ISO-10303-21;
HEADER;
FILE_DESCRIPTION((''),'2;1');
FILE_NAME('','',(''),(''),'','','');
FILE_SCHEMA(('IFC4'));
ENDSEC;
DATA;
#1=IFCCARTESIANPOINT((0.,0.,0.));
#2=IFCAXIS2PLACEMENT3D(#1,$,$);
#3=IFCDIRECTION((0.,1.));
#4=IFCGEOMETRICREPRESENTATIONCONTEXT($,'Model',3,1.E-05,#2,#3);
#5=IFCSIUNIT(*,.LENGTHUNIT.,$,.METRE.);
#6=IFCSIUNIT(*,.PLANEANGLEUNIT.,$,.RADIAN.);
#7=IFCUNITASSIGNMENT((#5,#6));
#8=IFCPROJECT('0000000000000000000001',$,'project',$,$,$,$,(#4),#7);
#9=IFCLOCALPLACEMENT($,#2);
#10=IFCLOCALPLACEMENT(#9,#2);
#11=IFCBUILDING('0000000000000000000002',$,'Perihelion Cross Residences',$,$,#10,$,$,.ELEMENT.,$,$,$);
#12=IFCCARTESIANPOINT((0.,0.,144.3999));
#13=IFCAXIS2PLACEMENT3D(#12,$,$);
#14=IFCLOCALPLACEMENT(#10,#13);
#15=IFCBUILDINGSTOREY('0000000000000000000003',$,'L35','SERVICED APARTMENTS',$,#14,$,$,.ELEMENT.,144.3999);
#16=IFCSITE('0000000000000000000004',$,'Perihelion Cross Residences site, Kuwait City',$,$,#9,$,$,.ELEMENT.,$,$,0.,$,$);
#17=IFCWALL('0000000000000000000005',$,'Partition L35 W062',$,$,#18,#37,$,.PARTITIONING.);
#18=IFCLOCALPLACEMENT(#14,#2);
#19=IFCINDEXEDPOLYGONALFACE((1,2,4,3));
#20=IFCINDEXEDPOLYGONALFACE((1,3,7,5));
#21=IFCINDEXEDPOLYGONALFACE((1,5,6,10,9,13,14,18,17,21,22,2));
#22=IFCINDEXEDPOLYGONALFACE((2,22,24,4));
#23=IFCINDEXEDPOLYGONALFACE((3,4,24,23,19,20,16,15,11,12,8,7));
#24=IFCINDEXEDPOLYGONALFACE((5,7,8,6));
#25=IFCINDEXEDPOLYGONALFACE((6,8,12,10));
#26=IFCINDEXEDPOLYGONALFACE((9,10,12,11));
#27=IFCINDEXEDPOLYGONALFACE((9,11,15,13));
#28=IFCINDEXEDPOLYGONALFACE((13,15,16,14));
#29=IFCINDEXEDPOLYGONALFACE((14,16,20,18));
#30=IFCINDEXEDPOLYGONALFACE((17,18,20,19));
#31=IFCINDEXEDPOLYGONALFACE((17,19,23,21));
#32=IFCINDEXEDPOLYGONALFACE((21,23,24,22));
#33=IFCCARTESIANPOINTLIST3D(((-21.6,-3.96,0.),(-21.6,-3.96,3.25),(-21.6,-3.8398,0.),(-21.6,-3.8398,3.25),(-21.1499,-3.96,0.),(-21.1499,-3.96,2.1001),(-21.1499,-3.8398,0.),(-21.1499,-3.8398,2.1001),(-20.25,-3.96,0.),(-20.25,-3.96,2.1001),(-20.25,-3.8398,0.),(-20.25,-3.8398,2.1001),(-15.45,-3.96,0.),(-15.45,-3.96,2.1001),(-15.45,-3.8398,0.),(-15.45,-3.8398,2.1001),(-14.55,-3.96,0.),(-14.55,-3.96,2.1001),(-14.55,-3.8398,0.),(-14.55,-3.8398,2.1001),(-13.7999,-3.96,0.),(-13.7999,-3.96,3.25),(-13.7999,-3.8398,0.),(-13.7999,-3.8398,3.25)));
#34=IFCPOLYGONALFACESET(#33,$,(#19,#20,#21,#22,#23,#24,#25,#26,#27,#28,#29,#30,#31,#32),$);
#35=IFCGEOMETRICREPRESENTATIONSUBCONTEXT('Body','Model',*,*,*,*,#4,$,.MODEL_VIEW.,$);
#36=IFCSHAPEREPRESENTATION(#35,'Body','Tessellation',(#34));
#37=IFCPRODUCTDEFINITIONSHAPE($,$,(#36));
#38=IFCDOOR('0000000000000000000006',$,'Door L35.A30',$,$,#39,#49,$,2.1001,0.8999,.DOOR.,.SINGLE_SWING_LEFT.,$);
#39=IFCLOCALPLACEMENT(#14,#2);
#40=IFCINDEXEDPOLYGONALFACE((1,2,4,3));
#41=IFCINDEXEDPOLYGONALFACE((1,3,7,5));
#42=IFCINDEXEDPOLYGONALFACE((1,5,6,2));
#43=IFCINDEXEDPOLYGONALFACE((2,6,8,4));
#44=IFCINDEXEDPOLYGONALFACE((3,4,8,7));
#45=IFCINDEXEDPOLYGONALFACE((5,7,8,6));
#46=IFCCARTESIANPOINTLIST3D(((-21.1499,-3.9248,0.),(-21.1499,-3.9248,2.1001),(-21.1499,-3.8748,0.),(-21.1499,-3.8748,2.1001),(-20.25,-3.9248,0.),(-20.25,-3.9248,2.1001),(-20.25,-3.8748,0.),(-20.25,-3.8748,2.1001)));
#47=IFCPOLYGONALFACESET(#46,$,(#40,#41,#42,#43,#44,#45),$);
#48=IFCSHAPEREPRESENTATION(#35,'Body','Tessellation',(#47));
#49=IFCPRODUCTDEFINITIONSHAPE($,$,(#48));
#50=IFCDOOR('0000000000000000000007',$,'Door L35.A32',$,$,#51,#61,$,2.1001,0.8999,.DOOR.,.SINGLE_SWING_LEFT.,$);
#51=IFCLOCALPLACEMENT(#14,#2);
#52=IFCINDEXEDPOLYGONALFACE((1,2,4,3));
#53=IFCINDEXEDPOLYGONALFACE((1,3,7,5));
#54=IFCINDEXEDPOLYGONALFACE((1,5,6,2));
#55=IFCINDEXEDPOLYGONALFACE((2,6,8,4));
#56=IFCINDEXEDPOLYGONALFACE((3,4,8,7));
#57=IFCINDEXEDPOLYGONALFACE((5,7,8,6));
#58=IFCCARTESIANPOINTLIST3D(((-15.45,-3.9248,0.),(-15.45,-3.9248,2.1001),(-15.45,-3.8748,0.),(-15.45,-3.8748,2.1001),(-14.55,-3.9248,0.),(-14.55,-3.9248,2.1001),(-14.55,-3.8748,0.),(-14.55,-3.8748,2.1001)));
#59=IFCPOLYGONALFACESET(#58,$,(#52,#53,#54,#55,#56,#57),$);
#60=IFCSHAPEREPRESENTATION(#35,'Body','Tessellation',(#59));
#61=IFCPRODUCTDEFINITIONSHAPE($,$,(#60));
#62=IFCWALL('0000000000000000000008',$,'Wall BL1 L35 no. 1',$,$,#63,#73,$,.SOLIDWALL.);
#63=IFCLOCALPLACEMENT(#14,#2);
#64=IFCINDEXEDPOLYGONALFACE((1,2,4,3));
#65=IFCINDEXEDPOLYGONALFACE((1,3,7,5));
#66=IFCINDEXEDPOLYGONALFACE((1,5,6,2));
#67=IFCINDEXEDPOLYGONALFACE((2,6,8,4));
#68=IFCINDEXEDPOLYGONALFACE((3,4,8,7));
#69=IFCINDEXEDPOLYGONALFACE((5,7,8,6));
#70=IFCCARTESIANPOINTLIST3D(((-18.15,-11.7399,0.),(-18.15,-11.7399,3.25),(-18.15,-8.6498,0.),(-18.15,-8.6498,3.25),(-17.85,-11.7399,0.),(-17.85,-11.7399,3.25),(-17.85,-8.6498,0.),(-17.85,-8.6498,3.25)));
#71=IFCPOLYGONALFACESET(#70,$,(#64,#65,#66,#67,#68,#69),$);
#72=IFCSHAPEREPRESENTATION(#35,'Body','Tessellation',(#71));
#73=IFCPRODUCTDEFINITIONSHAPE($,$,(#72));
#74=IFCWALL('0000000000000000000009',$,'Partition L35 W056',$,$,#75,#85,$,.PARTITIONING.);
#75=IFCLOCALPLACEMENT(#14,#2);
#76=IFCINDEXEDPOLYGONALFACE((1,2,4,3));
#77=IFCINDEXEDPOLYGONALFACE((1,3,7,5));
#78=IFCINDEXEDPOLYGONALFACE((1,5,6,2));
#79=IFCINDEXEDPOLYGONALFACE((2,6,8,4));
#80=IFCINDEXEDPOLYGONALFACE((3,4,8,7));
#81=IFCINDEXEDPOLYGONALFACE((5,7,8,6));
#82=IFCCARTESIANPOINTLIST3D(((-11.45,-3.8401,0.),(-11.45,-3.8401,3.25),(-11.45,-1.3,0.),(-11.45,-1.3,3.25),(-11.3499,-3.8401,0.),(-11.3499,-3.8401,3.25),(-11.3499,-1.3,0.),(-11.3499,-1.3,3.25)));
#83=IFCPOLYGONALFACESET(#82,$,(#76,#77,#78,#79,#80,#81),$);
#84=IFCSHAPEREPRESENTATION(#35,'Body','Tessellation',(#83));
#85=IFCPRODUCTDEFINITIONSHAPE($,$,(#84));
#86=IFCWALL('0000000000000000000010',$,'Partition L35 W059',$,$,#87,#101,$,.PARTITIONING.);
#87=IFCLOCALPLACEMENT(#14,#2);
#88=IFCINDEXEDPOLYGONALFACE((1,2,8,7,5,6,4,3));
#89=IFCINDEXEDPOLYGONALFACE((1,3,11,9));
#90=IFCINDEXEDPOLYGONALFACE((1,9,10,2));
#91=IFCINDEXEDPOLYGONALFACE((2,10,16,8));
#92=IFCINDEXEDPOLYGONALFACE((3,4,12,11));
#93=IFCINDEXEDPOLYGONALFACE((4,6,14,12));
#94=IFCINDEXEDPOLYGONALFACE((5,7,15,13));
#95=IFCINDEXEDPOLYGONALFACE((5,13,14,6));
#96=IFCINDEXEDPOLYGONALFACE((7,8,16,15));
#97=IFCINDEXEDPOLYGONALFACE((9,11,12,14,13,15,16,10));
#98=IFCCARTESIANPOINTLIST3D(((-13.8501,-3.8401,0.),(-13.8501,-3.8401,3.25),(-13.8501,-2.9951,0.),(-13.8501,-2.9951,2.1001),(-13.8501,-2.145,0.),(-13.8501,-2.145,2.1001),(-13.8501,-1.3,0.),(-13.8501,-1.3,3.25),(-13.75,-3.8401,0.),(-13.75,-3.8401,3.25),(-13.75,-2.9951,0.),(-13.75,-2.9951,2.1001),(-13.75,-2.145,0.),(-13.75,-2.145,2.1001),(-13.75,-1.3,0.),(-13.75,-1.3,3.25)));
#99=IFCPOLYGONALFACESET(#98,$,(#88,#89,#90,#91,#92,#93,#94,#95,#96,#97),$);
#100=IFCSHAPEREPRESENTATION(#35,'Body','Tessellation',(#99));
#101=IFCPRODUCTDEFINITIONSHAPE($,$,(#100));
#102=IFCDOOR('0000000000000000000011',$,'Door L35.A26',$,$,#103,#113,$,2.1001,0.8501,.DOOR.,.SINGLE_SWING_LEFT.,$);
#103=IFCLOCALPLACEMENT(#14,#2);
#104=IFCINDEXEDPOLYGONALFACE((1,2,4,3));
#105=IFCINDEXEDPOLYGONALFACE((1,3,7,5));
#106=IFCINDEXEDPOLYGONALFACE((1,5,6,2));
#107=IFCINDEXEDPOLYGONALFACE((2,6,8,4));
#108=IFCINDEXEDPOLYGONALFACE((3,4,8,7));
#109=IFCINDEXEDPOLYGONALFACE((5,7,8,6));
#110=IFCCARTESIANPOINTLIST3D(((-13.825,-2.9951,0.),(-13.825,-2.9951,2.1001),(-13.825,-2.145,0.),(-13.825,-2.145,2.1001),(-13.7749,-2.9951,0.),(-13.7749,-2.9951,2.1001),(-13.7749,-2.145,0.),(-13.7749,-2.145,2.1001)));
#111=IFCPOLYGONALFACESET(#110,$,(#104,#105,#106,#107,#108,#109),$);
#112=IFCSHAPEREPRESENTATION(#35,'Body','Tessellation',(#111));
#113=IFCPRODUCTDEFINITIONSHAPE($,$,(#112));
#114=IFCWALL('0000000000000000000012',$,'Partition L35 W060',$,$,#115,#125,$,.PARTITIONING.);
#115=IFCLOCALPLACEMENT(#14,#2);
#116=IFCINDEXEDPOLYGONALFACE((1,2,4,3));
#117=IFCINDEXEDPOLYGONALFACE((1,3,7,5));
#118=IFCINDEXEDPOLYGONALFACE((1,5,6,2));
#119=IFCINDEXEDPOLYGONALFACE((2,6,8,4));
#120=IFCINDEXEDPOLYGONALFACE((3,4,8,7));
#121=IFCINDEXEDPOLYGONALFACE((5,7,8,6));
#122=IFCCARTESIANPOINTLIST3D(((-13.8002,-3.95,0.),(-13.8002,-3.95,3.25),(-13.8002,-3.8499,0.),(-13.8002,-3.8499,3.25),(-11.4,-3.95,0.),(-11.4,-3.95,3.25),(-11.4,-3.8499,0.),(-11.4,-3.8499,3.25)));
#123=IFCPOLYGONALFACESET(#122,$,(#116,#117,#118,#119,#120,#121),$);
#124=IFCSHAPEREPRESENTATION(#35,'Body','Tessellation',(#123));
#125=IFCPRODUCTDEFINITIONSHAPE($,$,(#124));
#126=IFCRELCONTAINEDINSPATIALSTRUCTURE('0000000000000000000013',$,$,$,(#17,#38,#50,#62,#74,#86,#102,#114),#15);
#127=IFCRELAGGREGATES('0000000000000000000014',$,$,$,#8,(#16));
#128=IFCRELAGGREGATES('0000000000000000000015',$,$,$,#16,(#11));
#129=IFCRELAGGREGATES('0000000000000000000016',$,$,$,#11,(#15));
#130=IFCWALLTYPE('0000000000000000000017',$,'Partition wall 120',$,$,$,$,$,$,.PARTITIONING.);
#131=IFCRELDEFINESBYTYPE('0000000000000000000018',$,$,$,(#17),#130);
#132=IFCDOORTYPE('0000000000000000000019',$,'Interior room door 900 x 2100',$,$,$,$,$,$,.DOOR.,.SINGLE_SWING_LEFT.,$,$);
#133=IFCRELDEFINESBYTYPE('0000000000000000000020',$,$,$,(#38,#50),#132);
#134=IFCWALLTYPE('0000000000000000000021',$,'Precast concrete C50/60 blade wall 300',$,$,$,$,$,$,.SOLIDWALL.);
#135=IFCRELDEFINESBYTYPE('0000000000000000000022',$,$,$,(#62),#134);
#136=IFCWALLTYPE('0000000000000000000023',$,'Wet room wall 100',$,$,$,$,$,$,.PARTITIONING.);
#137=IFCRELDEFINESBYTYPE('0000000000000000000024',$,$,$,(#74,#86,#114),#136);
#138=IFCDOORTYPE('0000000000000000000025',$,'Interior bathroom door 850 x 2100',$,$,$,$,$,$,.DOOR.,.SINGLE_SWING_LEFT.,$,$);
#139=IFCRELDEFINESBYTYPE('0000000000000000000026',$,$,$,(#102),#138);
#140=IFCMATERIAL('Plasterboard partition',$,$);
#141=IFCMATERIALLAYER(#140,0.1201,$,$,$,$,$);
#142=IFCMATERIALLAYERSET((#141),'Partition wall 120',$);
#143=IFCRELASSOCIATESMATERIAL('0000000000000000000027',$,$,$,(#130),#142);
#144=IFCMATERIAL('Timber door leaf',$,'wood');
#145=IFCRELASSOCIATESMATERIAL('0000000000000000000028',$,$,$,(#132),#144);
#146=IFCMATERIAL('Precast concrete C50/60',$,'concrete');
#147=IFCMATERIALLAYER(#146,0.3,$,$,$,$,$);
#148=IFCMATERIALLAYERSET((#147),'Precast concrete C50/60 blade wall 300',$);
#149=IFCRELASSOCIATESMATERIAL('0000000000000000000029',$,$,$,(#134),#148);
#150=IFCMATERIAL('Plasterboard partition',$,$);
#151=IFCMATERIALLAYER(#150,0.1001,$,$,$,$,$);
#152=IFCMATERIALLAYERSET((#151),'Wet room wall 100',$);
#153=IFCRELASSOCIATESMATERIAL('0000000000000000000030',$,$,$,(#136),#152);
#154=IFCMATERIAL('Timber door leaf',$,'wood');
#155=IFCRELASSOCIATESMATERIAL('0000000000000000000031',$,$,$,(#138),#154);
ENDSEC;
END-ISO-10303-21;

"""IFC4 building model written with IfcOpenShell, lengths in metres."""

from ifc_helpers import new_model, si_unit, direction, frame, frame_2d, origin, place, context, subcontext, project, spatial, rectangle, extrude, material, layer, layer_set, type_object, element, fill, save


model = new_model("IFC4")

# Units and contexts
model_context = context("Model", 3, precision=1e-05, world=origin(), true_north=direction((0.0, 1.0)))
body_context = subcontext(model_context, "Body", "Model", "MODEL_VIEW")
ifc_project = project(units=[si_unit("LENGTHUNIT", "METRE"), si_unit("PLANEANGLEUNIT", "RADIAN")], contexts=[model_context])

# Site, building, storey
site_placement = place(None, origin())
site = spatial("IfcSite", under=ifc_project, at=site_placement, Name="Perihelion Cross Residences site, Kuwait City", CompositionType="ELEMENT", RefElevation=0.0)
building_placement = place(site_placement, origin())
building = spatial("IfcBuilding", under=site, at=building_placement, Name="Perihelion Cross Residences", CompositionType="ELEMENT")
storey_placement = place(building_placement, frame((0.0, 0.0, 144.3999)))
storey = spatial("IfcBuildingStorey", under=building, at=storey_placement, Name="L35", Description="SERVICED APARTMENTS", CompositionType="ELEMENT", Elevation=144.3999)

# Shared definitions
ifc_material_1 = material(Name="Plasterboard partition")
ifc_layer_1 = layer(ifc_material_1, 0.1201)
ifc_layer_set_1 = layer_set([ifc_layer_1], Name="Partition wall 120")
wall_type_1 = type_object("IfcWallType", Name="Partition wall 120", PredefinedType="PARTITIONING", material=ifc_layer_set_1)
ifc_material_2 = material(Name="Timber door leaf", Category="wood")
door_type_1 = type_object("IfcDoorType", Name="Interior room door 900 x 2100", OperationType="SINGLE_SWING_LEFT", PredefinedType="DOOR", material=ifc_material_2)

# Wall, openings, doors
wall_1_placement = place(storey_placement, frame((-13.8, -3.8999, 0.0), z_axis=(0.0, 0.0, 1.0), x_axis=(-1.0, 0.0, 0.0)))
wall_1 = element("IfcWall", 1, at=wall_1_placement, inside=storey, type_object=wall_type_1, Name="Partition L35 W062", PredefinedType="PARTITIONING", context=body_context, shape_type="SweptSolid", body=[
    extrude(rectangle(XDim=7.8, YDim=0.1201, at=frame_2d((3.8999, 0.0))), origin(), (0.0, 0.0, 1.0), 3.25),
])
opening_1_placement = place(wall_1_placement, frame((6.45, 0.0, 0.0)))
opening_1 = element("IfcOpeningElement", 2, at=opening_1_placement, cuts=wall_1, PredefinedType="OPENING", context=body_context, shape_type="SweptSolid", body=[
    extrude(rectangle(XDim=0.8999, YDim=2.1001, at=frame_2d((0.45, 1.05))), frame((0.0, 0.0701, 0.0), z_axis=(0.0, -1.0, 0.0), x_axis=(1.0, 0.0, 0.0)), (0.0, 0.0, 1.0), 0.1401),
])
opening_2_placement = place(wall_1_placement, frame((0.75, 0.0, 0.0)))
opening_2 = element("IfcOpeningElement", 3, at=opening_2_placement, cuts=wall_1, PredefinedType="OPENING", context=body_context, shape_type="SweptSolid", body=[
    extrude(rectangle(XDim=0.8999, YDim=2.1001, at=frame_2d((0.45, 1.05))), frame((0.0, 0.0701, 0.0), z_axis=(0.0, -1.0, 0.0), x_axis=(1.0, 0.0, 0.0)), (0.0, 0.0, 1.0), 0.1401),
])
door_1_placement = place(opening_1_placement, origin())
door_1 = element("IfcDoor", 4, at=door_1_placement, inside=storey, type_object=door_type_1, Name="Door L35.A30", OperationType="SINGLE_SWING_LEFT", OverallHeight=2.1001, OverallWidth=0.8999, PredefinedType="DOOR", context=body_context, shape_type="SweptSolid", body=[
    extrude(rectangle(XDim=0.8999, YDim=2.1001, at=frame_2d((0.45, 1.05))), frame((0.0, 0.0249, 0.0), z_axis=(0.0, -1.0, 0.0), x_axis=(1.0, 0.0, 0.0)), (0.0, 0.0, 1.0), 0.05),
])
fill(opening_1, door_1)
door_2_placement = place(opening_2_placement, origin())
door_2 = element("IfcDoor", 5, at=door_2_placement, inside=storey, type_object=door_type_1, Name="Door L35.A32", OperationType="SINGLE_SWING_LEFT", OverallHeight=2.1001, OverallWidth=0.8999, PredefinedType="DOOR", context=body_context, shape_type="SweptSolid", body=[
    extrude(rectangle(XDim=0.8999, YDim=2.1001, at=frame_2d((0.45, 1.05))), frame((0.0, 0.0249, 0.0), z_axis=(0.0, -1.0, 0.0), x_axis=(1.0, 0.0, 0.0)), (0.0, 0.0, 1.0), 0.05),
])
fill(opening_2, door_2)

# Walls
ifc_material_3 = material(Name="Precast concrete C50/60", Category="concrete")
ifc_layer_2 = layer(ifc_material_3, 0.3)
ifc_layer_set_2 = layer_set([ifc_layer_2], Name="Precast concrete C50/60 blade wall 300")
wall_type_2 = type_object("IfcWallType", Name="Precast concrete C50/60 blade wall 300", PredefinedType="SOLIDWALL", material=ifc_layer_set_2)
wall_2_placement = place(storey_placement, frame((-18.0, -8.6499, 0.0), z_axis=(0.0, 0.0, 1.0), x_axis=(0.0, -1.0, 0.0)))
element("IfcWall", 6, at=wall_2_placement, inside=storey, type_object=wall_type_2, Name="Wall BL1 L35 no. 1", PredefinedType="SOLIDWALL", context=body_context, shape_type="SweptSolid", body=[
    extrude(rectangle(XDim=3.0901, YDim=0.3, at=frame_2d((1.5449, 0.0))), origin(), (0.0, 0.0, 1.0), 3.25),
])
ifc_material_4 = material(Name="Plasterboard partition")
ifc_layer_3 = layer(ifc_material_4, 0.1001)
ifc_layer_set_3 = layer_set([ifc_layer_3], Name="Wet room wall 100")
wall_type_3 = type_object("IfcWallType", Name="Wet room wall 100", PredefinedType="PARTITIONING", material=ifc_layer_set_3)
wall_3_placement = place(storey_placement, frame((-11.3999, -3.8401, 0.0), z_axis=(0.0, 0.0, 1.0), x_axis=(0.0, 1.0, 0.0)))
element("IfcWall", 7, at=wall_3_placement, inside=storey, type_object=wall_type_3, Name="Partition L35 W056", PredefinedType="PARTITIONING", context=body_context, shape_type="SweptSolid", body=[
    extrude(rectangle(XDim=2.54, YDim=0.1001, at=frame_2d((1.27, 0.0))), origin(), (0.0, 0.0, 1.0), 3.25),
])

# Wall, opening, door
wall_4_placement = place(storey_placement, frame((-13.8, -3.8401, 0.0), z_axis=(0.0, 0.0, 1.0), x_axis=(0.0, 1.0, 0.0)))
wall_4 = element("IfcWall", 8, at=wall_4_placement, inside=storey, type_object=wall_type_3, Name="Partition L35 W059", PredefinedType="PARTITIONING", context=body_context, shape_type="SweptSolid", body=[
    extrude(rectangle(XDim=2.54, YDim=0.1001, at=frame_2d((1.27, 0.0))), origin(), (0.0, 0.0, 1.0), 3.25),
])
opening_3_placement = place(wall_4_placement, frame((0.845, 0.0, 0.0)))
opening_3 = element("IfcOpeningElement", 9, at=opening_3_placement, cuts=wall_4, PredefinedType="OPENING", context=body_context, shape_type="SweptSolid", body=[
    extrude(rectangle(XDim=0.8501, YDim=2.1001, at=frame_2d((0.425, 1.05))), frame((0.0, 0.0601, 0.0), z_axis=(0.0, -1.0, 0.0), x_axis=(1.0, 0.0, 0.0)), (0.0, 0.0, 1.0), 0.1201),
])
ifc_material_5 = material(Name="Timber door leaf", Category="wood")
door_type_2 = type_object("IfcDoorType", Name="Interior bathroom door 850 x 2100", OperationType="SINGLE_SWING_LEFT", PredefinedType="DOOR", material=ifc_material_5)
door_3_placement = place(opening_3_placement, origin())
door_3 = element("IfcDoor", 10, at=door_3_placement, inside=storey, type_object=door_type_2, Name="Door L35.A26", OperationType="SINGLE_SWING_LEFT", OverallHeight=2.1001, OverallWidth=0.8501, PredefinedType="DOOR", context=body_context, shape_type="SweptSolid", body=[
    extrude(rectangle(XDim=0.8501, YDim=2.1001, at=frame_2d((0.425, 1.05))), frame((0.0, 0.0249, 0.0), z_axis=(0.0, -1.0, 0.0), x_axis=(1.0, 0.0, 0.0)), (0.0, 0.0, 1.0), 0.05),
])
fill(opening_3, door_3)

# Wall
wall_5_placement = place(storey_placement, frame((-11.3999, -3.8999, 0.0), z_axis=(0.0, 0.0, 1.0), x_axis=(-1.0, 0.0, 0.0)))
element("IfcWall", 11, at=wall_5_placement, inside=storey, type_object=wall_type_3, Name="Partition L35 W060", PredefinedType="PARTITIONING", context=body_context, shape_type="SweptSolid", body=[
    extrude(rectangle(XDim=2.4001, YDim=0.1001, at=frame_2d((1.2002, 0.0))), origin(), (0.0, 0.0, 1.0), 3.25),
])

save(model, "model.ifc")
